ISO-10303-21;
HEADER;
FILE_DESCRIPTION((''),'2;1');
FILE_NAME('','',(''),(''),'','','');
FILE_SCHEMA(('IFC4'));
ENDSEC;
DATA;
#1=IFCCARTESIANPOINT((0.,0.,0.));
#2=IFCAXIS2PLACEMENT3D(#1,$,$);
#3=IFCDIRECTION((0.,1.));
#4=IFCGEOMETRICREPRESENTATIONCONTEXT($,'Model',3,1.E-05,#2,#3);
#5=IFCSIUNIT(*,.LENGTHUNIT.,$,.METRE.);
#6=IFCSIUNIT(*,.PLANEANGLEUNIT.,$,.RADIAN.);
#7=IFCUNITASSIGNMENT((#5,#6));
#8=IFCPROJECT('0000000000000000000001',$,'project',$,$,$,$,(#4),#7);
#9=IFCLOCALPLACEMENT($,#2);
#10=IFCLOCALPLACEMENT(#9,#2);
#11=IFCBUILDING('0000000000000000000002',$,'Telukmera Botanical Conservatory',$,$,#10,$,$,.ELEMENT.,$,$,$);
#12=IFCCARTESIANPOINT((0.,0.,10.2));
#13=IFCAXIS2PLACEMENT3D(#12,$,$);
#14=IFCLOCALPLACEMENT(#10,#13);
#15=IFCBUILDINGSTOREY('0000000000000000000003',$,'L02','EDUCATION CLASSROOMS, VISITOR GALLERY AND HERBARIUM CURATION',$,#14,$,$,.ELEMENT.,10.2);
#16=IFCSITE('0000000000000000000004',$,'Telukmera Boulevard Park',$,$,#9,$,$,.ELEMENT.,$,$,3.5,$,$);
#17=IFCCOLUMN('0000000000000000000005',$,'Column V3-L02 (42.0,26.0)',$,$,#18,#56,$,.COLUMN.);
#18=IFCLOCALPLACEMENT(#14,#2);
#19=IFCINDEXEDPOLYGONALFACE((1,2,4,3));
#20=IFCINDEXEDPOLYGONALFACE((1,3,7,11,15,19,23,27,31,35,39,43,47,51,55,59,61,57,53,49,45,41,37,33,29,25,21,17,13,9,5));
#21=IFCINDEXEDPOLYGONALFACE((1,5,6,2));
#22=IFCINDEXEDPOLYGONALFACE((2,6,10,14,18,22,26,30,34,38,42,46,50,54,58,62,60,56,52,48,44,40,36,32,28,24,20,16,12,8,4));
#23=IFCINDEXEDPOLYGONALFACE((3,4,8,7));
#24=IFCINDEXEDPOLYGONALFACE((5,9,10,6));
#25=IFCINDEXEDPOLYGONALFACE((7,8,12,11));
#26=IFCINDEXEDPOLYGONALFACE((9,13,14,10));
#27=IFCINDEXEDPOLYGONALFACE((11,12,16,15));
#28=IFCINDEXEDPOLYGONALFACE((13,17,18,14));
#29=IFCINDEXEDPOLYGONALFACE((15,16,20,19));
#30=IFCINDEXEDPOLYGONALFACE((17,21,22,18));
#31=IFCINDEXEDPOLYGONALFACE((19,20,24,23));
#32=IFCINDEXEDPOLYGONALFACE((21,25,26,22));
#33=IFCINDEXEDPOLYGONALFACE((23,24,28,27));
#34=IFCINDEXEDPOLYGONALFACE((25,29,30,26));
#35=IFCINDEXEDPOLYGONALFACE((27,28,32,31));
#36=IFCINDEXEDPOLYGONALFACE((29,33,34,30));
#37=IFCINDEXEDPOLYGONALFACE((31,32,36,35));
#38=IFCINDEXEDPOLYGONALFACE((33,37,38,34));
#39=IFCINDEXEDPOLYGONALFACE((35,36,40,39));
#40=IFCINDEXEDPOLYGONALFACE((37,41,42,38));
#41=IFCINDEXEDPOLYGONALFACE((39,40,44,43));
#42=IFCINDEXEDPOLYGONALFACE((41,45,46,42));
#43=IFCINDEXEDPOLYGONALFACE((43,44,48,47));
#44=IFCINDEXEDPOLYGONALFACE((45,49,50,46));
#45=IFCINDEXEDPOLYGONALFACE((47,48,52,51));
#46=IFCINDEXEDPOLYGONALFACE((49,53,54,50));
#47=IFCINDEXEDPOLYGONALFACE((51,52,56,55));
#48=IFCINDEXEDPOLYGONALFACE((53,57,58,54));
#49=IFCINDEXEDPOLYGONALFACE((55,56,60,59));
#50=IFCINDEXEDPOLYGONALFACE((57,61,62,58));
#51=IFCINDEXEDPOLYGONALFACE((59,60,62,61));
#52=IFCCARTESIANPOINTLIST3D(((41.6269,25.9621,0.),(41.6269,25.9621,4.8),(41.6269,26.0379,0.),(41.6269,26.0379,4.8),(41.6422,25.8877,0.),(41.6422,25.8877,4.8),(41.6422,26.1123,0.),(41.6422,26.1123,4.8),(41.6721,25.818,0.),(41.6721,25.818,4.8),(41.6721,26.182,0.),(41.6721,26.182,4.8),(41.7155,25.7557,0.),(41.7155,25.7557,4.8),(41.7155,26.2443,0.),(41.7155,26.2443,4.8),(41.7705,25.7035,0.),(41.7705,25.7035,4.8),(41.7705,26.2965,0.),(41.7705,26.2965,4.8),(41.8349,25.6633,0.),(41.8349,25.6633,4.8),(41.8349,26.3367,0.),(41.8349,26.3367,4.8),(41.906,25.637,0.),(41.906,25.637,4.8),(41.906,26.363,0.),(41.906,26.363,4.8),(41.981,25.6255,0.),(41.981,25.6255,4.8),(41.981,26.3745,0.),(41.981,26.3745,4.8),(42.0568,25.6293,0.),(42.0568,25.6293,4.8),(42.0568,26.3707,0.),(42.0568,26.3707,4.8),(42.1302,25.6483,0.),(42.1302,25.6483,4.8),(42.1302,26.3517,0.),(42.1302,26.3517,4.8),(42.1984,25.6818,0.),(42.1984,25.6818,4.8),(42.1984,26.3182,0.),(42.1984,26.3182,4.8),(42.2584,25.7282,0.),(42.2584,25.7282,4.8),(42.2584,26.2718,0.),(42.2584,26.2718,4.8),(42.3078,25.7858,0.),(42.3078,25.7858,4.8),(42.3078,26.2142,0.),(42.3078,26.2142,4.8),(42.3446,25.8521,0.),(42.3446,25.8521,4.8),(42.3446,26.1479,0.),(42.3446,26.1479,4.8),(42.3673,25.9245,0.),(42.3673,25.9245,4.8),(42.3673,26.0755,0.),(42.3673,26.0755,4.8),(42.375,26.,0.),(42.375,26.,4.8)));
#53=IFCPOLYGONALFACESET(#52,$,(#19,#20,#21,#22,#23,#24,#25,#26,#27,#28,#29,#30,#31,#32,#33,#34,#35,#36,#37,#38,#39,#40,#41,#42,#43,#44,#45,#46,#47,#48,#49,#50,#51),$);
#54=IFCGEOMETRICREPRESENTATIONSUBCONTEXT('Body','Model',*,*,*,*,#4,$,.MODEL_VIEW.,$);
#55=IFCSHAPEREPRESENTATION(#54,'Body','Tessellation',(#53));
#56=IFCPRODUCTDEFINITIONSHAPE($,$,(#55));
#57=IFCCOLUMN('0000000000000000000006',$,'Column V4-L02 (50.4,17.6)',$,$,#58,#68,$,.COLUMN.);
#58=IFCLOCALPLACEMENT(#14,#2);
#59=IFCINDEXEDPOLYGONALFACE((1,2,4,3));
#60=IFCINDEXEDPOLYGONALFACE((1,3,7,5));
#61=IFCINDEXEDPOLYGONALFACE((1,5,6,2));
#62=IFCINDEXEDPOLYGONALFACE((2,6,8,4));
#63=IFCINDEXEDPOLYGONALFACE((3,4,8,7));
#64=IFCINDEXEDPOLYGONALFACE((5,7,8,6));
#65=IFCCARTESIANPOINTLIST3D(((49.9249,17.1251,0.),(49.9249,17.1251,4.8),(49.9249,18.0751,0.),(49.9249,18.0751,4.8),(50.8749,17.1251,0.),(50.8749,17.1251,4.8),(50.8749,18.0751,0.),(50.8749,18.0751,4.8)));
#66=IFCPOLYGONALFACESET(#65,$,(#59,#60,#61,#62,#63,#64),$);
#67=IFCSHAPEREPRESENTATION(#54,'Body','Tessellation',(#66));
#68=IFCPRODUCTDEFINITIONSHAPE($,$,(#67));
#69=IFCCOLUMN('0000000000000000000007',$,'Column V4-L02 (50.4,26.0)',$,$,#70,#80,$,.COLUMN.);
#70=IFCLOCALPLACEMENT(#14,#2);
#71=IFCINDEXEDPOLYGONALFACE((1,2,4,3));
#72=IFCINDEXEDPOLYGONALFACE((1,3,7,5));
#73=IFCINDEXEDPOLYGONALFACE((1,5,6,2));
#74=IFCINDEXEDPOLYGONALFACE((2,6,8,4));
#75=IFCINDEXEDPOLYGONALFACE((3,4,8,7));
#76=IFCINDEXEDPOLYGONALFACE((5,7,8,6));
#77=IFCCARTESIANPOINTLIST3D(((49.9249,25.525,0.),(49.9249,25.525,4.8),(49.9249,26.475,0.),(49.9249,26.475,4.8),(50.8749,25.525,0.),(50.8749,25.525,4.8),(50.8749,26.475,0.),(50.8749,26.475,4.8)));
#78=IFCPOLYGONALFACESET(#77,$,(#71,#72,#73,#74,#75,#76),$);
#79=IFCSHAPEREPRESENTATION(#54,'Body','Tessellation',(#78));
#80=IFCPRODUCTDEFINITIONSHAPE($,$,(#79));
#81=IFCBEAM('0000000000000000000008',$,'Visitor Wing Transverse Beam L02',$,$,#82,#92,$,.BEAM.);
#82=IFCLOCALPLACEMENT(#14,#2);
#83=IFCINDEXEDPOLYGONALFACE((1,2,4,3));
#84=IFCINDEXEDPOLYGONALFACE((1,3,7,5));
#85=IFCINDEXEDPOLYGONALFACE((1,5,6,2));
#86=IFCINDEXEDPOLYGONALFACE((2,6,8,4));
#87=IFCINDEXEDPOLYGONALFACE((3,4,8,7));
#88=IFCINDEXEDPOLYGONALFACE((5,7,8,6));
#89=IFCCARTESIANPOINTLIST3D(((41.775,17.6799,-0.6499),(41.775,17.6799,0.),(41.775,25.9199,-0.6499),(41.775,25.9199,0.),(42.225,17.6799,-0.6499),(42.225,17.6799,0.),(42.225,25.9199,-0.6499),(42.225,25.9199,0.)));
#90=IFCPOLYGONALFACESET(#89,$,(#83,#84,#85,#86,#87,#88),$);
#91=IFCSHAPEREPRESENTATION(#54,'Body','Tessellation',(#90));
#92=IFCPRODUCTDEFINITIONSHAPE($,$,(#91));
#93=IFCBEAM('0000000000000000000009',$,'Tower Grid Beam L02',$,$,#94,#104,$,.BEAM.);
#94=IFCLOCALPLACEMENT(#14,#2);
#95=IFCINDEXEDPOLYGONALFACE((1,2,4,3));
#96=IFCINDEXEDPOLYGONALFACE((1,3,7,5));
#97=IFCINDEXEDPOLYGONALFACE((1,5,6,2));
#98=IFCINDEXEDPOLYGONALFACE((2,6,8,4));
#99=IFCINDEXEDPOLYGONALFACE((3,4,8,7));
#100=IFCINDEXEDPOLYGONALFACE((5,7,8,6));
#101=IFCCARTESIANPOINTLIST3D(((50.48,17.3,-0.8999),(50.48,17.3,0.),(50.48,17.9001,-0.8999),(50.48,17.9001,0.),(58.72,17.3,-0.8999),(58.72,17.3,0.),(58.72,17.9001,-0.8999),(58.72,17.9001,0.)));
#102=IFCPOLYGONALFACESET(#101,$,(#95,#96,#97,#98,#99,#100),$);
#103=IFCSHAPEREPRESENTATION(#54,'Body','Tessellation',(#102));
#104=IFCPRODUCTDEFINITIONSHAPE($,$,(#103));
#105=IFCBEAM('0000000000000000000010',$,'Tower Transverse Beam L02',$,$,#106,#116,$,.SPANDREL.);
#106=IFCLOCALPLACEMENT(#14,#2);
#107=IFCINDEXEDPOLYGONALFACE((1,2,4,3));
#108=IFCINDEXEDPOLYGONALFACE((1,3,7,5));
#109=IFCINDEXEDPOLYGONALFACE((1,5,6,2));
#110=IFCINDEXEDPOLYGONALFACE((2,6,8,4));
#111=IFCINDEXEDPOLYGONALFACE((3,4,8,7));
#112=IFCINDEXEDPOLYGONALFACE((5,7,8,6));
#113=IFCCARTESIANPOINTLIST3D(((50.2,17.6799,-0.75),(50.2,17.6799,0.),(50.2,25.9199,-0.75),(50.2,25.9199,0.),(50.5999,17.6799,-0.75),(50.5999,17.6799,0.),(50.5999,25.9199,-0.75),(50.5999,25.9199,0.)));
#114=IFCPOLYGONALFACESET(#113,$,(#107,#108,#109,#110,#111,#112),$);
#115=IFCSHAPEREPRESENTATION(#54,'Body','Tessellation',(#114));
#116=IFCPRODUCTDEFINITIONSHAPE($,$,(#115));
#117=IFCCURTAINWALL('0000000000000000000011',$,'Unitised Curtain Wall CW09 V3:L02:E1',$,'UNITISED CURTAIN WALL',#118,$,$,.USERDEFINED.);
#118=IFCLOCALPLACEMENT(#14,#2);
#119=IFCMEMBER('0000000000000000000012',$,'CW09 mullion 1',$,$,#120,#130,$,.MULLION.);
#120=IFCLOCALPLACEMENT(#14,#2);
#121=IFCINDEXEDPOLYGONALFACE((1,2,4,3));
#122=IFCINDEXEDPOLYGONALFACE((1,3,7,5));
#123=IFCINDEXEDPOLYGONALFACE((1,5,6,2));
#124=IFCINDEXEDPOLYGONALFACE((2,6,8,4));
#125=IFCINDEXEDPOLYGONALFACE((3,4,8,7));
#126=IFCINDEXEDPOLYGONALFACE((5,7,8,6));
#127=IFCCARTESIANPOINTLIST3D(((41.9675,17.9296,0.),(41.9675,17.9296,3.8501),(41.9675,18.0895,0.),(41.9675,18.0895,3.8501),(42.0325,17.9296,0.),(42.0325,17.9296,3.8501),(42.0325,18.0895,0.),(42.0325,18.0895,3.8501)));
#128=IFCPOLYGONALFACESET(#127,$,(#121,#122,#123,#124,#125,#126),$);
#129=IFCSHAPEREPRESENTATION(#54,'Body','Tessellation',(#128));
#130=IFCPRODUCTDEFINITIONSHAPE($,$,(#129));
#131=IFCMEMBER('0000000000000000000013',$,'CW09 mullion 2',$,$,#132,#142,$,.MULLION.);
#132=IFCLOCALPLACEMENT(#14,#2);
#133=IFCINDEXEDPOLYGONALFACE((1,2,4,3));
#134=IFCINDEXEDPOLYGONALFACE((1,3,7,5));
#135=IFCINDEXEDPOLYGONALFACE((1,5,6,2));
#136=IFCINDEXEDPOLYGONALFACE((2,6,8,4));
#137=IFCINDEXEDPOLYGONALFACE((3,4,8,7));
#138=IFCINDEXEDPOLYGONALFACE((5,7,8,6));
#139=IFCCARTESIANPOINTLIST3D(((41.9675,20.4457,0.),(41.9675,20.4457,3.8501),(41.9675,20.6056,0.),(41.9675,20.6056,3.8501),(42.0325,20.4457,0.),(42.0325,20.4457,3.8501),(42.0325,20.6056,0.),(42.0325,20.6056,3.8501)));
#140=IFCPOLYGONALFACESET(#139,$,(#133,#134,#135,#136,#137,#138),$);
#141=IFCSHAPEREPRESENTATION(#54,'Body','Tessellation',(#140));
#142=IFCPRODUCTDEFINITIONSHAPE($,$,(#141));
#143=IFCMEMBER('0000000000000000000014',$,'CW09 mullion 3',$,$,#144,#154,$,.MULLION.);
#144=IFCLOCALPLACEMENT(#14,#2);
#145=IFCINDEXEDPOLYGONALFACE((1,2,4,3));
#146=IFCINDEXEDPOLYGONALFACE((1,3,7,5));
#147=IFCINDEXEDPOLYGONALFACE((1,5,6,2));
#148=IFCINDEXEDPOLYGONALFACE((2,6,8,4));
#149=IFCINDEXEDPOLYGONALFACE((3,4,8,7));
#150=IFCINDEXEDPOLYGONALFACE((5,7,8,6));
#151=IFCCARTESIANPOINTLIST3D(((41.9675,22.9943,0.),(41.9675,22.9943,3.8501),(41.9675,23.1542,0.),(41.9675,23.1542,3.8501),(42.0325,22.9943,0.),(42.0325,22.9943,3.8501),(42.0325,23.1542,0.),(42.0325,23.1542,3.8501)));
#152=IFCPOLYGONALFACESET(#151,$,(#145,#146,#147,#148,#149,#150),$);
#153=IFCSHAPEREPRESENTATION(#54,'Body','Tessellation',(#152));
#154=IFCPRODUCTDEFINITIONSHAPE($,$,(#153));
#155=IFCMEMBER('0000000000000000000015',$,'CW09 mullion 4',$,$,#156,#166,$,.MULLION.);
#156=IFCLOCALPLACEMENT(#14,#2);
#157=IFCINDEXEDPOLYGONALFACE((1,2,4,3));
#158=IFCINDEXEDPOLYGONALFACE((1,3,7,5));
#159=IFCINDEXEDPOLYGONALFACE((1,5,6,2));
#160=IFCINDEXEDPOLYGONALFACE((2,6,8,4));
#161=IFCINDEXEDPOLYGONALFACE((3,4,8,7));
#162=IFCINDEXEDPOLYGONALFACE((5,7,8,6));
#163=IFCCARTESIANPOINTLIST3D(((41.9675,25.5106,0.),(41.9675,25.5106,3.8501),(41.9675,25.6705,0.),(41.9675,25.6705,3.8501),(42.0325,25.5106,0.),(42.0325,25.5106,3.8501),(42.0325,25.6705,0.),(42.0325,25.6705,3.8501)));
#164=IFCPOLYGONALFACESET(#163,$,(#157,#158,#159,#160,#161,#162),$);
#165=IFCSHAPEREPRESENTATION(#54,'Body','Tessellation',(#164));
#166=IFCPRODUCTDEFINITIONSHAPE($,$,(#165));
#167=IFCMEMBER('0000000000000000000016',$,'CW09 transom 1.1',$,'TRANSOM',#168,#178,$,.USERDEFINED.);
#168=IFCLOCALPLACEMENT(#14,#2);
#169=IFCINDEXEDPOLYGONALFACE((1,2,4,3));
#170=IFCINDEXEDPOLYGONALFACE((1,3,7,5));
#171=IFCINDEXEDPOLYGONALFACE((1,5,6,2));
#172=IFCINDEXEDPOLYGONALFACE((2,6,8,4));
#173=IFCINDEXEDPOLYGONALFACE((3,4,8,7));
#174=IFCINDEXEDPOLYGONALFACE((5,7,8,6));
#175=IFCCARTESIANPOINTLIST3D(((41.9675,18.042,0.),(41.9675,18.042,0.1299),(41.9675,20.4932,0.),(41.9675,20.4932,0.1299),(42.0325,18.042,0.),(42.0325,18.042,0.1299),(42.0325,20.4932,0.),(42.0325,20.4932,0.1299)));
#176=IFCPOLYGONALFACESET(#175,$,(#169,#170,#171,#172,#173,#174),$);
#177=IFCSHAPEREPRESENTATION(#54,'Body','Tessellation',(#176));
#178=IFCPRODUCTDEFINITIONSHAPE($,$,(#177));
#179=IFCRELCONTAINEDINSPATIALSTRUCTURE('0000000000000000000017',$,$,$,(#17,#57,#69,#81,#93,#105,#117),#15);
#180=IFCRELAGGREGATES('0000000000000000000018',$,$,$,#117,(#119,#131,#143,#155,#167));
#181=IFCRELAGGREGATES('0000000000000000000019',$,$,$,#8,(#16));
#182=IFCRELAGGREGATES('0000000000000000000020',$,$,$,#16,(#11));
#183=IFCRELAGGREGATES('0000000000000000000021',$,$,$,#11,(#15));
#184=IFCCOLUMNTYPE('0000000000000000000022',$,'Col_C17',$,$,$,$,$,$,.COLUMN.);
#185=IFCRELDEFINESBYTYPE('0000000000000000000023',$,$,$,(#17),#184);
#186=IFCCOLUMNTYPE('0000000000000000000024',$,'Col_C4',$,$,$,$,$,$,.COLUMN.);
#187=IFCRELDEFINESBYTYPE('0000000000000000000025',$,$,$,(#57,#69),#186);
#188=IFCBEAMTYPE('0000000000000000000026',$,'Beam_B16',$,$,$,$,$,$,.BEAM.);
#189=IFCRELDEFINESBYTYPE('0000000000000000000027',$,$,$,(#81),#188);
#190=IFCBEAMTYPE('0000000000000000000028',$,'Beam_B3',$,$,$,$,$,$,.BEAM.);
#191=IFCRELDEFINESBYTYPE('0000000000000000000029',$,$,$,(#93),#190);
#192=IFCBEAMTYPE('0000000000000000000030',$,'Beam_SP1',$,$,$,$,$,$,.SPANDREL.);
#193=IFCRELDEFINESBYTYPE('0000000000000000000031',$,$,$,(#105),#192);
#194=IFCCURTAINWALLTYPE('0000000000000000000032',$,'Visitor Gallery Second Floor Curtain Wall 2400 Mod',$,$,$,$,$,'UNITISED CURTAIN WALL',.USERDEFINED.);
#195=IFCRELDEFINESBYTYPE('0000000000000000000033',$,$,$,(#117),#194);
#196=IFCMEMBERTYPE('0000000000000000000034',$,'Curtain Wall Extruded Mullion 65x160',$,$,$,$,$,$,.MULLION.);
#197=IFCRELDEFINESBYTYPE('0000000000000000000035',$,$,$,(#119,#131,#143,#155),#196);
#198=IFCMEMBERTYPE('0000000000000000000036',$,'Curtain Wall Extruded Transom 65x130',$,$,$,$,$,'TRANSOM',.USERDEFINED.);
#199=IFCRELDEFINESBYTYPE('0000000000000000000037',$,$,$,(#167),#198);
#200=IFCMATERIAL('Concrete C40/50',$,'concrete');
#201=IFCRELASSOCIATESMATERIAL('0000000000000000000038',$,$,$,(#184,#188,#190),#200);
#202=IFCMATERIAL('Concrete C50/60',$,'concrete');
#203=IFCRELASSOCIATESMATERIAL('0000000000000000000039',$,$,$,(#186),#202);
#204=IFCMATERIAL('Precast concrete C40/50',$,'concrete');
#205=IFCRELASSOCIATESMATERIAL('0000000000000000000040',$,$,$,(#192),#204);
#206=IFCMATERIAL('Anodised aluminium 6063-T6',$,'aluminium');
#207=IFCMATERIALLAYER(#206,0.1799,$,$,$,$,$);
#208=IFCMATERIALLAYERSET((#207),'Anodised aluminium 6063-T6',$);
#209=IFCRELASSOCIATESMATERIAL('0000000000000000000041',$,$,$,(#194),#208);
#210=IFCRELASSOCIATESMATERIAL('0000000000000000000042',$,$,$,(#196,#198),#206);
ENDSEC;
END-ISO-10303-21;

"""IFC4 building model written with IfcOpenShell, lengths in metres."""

from ifc_helpers import new_model, si_unit, direction, frame, origin, origin_2d, place, context, subcontext, project, spatial, rectangle, circle, extrude, material, layer, layer_set, material_profile, profile_set, type_object, element, aggregate, save


model = new_model("IFC4")

# Units and contexts
model_context = context("Model", 3, precision=1e-05, world=origin(), true_north=direction((0.0, 1.0)))
body_context = subcontext(model_context, "Body", "Model", "MODEL_VIEW")
ifc_project = project(units=[si_unit("LENGTHUNIT", "METRE"), si_unit("PLANEANGLEUNIT", "RADIAN")], contexts=[model_context])

# Site, building, storey
site_placement = place(None, origin())
site = spatial("IfcSite", under=ifc_project, at=site_placement, Name="Telukmera Boulevard Park", CompositionType="ELEMENT", RefElevation=3.5)
building_placement = place(site_placement, origin())
building = spatial("IfcBuilding", under=site, at=building_placement, Name="Telukmera Botanical Conservatory", CompositionType="ELEMENT")
storey_placement = place(building_placement, frame((0.0, 0.0, 10.2)))
storey = spatial("IfcBuildingStorey", under=building, at=storey_placement, Name="L02", Description="EDUCATION CLASSROOMS, VISITOR GALLERY AND HERBARIUM CURATION", CompositionType="ELEMENT", Elevation=10.2)

# Columns
ifc_material_1 = material(Name="Concrete C40/50", Category="concrete")
ifc_material_profile_1 = material_profile(ifc_material_1, circle(Radius=0.375, at=origin_2d()), Name="RC D750")
ifc_profile_set_1 = profile_set([ifc_material_profile_1], Name="Concrete C40/50")
column_type_1 = type_object("IfcColumnType", Name="Col_C17", PredefinedType="COLUMN", material=ifc_profile_set_1)
column_placement = place(storey_placement, frame((42.0, 26.0, 0.0), z_axis=(0.0, 0.0, 1.0), x_axis=(1.0, 0.0, 0.0)))
element("IfcColumn", 1, at=column_placement, inside=storey, type_object=column_type_1, Name="Column V3-L02 (42.0,26.0)", PredefinedType="COLUMN", context=body_context, shape_type="SweptSolid", body=[
    extrude(circle(Radius=0.375, at=origin_2d()), origin(), (0.0, 0.0, 1.0), 4.8),
])
ifc_material_2 = material(Name="Concrete C50/60", Category="concrete")
ifc_material_profile_2 = material_profile(ifc_material_2, rectangle(XDim=0.95, YDim=0.95, at=origin_2d()), Name="RC 950x950")
ifc_profile_set_2 = profile_set([ifc_material_profile_2], Name="Concrete C50/60")
column_type_2 = type_object("IfcColumnType", Name="Col_C4", PredefinedType="COLUMN", material=ifc_profile_set_2)
for number, where, z_axis, x_axis, name in (
    (2, (50.3999, 17.6001, 0.0), (0.0, 0.0, 1.0), (1.0, 0.0, 0.0), "Column V4-L02 (50.4,17.6)"),
    (3, (50.3999, 26.0, 0.0), (0.0, 0.0, 1.0), (1.0, 0.0, 0.0), "Column V4-L02 (50.4,26.0)"),
):
    element("IfcColumn", number, at=place(storey_placement, frame(where, z_axis=z_axis, x_axis=x_axis)), inside=storey, type_object=column_type_2, Name=name, PredefinedType="COLUMN", context=body_context, shape_type="SweptSolid", body=[
        extrude(rectangle(XDim=0.95, YDim=0.95, at=origin_2d()), origin(), (0.0, 0.0, 1.0), 4.8),
    ])

# Beams
ifc_material_profile_3 = material_profile(ifc_material_1, rectangle(XDim=0.45, YDim=0.6499, at=origin_2d()), Name="RC 450x650")
ifc_profile_set_3 = profile_set([ifc_material_profile_3], Name="Concrete C40/50")
beam_type_1 = type_object("IfcBeamType", Name="Beam_B16", PredefinedType="BEAM", material=ifc_profile_set_3)
beam_1_placement = place(storey_placement, frame((42.0, 17.6799, -0.325), z_axis=(0.0, 1.0, 0.0), x_axis=(-1.0, 0.0, 0.0)))
element("IfcBeam", 4, at=beam_1_placement, inside=storey, type_object=beam_type_1, Name="Visitor Wing Transverse Beam L02", PredefinedType="BEAM", context=body_context, shape_type="SweptSolid", body=[
    extrude(rectangle(XDim=0.45, YDim=0.6499, at=origin_2d()), origin(), (0.0, 0.0, 1.0), 8.24),
])
ifc_material_profile_4 = material_profile(ifc_material_1, rectangle(XDim=0.6001, YDim=0.8999, at=origin_2d()), Name="RC 600x900")
ifc_profile_set_4 = profile_set([ifc_material_profile_4], Name="Concrete C40/50")
beam_type_2 = type_object("IfcBeamType", Name="Beam_B3", PredefinedType="BEAM", material=ifc_profile_set_4)
beam_2_placement = place(storey_placement, frame((50.48, 17.6001, -0.45), z_axis=(1.0, 0.0, 0.0), x_axis=(0.0, 1.0, 0.0)))
element("IfcBeam", 5, at=beam_2_placement, inside=storey, type_object=beam_type_2, Name="Tower Grid Beam L02", PredefinedType="BEAM", context=body_context, shape_type="SweptSolid", body=[
    extrude(rectangle(XDim=0.6001, YDim=0.8999, at=origin_2d()), origin(), (0.0, 0.0, 1.0), 8.24),
])
ifc_material_3 = material(Name="Precast concrete C40/50", Category="concrete")
ifc_material_profile_5 = material_profile(ifc_material_3, rectangle(XDim=0.3999, YDim=0.75, at=origin_2d()), Name="PC 400x750")
ifc_profile_set_5 = profile_set([ifc_material_profile_5], Name="Precast concrete C40/50")
beam_type_3 = type_object("IfcBeamType", Name="Beam_SP1", PredefinedType="SPANDREL", material=ifc_profile_set_5)
beam_3_placement = place(storey_placement, frame((50.3999, 17.6799, -0.375), z_axis=(0.0, 1.0, 0.0), x_axis=(-1.0, 0.0, 0.0)))
element("IfcBeam", 6, at=beam_3_placement, inside=storey, type_object=beam_type_3, Name="Tower Transverse Beam L02", PredefinedType="SPANDREL", context=body_context, shape_type="SweptSolid", body=[
    extrude(rectangle(XDim=0.3999, YDim=0.75, at=origin_2d()), origin(), (0.0, 0.0, 1.0), 8.24),
])

# Curtain wall, members
ifc_material_4 = material(Name="Anodised aluminium 6063-T6", Category="aluminium")
ifc_layer_1 = layer(ifc_material_4, 0.1799)
ifc_layer_set_1 = layer_set([ifc_layer_1], Name="Anodised aluminium 6063-T6")
curtain_wall_type = type_object("IfcCurtainWallType", Name="Visitor Gallery Second Floor Curtain Wall 2400 Mod", ElementType="UNITISED CURTAIN WALL", PredefinedType="USERDEFINED", material=ifc_layer_set_1)
curtain_wall_placement = place(storey_placement, origin())
curtain_wall = element("IfcCurtainWall", 7, at=curtain_wall_placement, inside=storey, type_object=curtain_wall_type, Name="Unitised Curtain Wall CW09 V3:L02:E1", ObjectType="UNITISED CURTAIN WALL", PredefinedType="USERDEFINED")
ifc_material_profile_6 = material_profile(ifc_material_4, rectangle(XDim=0.0649, YDim=0.1599, at=origin_2d()), Name="ALU MULL 65x160")
ifc_profile_set_6 = profile_set([ifc_material_profile_6], Name="Anodised aluminium 6063-T6")
member_type_1 = type_object("IfcMemberType", Name="Curtain Wall Extruded Mullion 65x160", PredefinedType="MULLION", material=ifc_profile_set_6)
member_1_placement = place(storey_placement, frame((42.0, 18.0095, 0.0), z_axis=(0.0, 0.0, 1.0), x_axis=(-1.0, 0.0, 0.0)))
member_1 = element("IfcMember", 8, at=member_1_placement, type_object=member_type_1, Name="CW09 mullion 1", PredefinedType="MULLION", context=body_context, shape_type="SweptSolid", body=[
    extrude(rectangle(XDim=0.0649, YDim=0.1599, at=origin_2d()), origin(), (0.0, 0.0, 1.0), 3.8501),
])
member_2_placement = place(storey_placement, frame((42.0, 20.5256, 0.0), z_axis=(0.0, 0.0, 1.0), x_axis=(-1.0, 0.0, 0.0)))
member_2 = element("IfcMember", 9, at=member_2_placement, type_object=member_type_1, Name="CW09 mullion 2", PredefinedType="MULLION", context=body_context, shape_type="SweptSolid", body=[
    extrude(rectangle(XDim=0.0649, YDim=0.1599, at=origin_2d()), origin(), (0.0, 0.0, 1.0), 3.8501),
])
member_3_placement = place(storey_placement, frame((42.0, 23.0742, 0.0), z_axis=(0.0, 0.0, 1.0), x_axis=(-1.0, 0.0, 0.0)))
member_3 = element("IfcMember", 10, at=member_3_placement, type_object=member_type_1, Name="CW09 mullion 3", PredefinedType="MULLION", context=body_context, shape_type="SweptSolid", body=[
    extrude(rectangle(XDim=0.0649, YDim=0.1599, at=origin_2d()), origin(), (0.0, 0.0, 1.0), 3.8501),
])
member_4_placement = place(storey_placement, frame((42.0, 25.5906, 0.0), z_axis=(0.0, 0.0, 1.0), x_axis=(-1.0, 0.0, 0.0)))
member_4 = element("IfcMember", 11, at=member_4_placement, type_object=member_type_1, Name="CW09 mullion 4", PredefinedType="MULLION", context=body_context, shape_type="SweptSolid", body=[
    extrude(rectangle(XDim=0.0649, YDim=0.1599, at=origin_2d()), origin(), (0.0, 0.0, 1.0), 3.8501),
])
ifc_material_profile_7 = material_profile(ifc_material_4, rectangle(XDim=0.0649, YDim=0.1299, at=origin_2d()), Name="ALU TRAN 65x130")
ifc_profile_set_7 = profile_set([ifc_material_profile_7], Name="Anodised aluminium 6063-T6")
member_type_2 = type_object("IfcMemberType", Name="Curtain Wall Extruded Transom 65x130", ElementType="TRANSOM", PredefinedType="USERDEFINED", material=ifc_profile_set_7)
member_5_placement = place(storey_placement, frame((42.0, 18.042, 0.0649), z_axis=(0.0, 1.0, 0.0), x_axis=(-1.0, 0.0, 0.0)))
member_5 = element("IfcMember", 12, at=member_5_placement, type_object=member_type_2, Name="CW09 transom 1.1", ObjectType="TRANSOM", PredefinedType="USERDEFINED", context=body_context, shape_type="SweptSolid", body=[
    extrude(rectangle(XDim=0.0649, YDim=0.1299, at=origin_2d()), origin(), (0.0, 0.0, 1.0), 2.4512),
])
aggregate(curtain_wall, [member_1, member_2, member_3, member_4, member_5])

save(model, "model.ifc")
